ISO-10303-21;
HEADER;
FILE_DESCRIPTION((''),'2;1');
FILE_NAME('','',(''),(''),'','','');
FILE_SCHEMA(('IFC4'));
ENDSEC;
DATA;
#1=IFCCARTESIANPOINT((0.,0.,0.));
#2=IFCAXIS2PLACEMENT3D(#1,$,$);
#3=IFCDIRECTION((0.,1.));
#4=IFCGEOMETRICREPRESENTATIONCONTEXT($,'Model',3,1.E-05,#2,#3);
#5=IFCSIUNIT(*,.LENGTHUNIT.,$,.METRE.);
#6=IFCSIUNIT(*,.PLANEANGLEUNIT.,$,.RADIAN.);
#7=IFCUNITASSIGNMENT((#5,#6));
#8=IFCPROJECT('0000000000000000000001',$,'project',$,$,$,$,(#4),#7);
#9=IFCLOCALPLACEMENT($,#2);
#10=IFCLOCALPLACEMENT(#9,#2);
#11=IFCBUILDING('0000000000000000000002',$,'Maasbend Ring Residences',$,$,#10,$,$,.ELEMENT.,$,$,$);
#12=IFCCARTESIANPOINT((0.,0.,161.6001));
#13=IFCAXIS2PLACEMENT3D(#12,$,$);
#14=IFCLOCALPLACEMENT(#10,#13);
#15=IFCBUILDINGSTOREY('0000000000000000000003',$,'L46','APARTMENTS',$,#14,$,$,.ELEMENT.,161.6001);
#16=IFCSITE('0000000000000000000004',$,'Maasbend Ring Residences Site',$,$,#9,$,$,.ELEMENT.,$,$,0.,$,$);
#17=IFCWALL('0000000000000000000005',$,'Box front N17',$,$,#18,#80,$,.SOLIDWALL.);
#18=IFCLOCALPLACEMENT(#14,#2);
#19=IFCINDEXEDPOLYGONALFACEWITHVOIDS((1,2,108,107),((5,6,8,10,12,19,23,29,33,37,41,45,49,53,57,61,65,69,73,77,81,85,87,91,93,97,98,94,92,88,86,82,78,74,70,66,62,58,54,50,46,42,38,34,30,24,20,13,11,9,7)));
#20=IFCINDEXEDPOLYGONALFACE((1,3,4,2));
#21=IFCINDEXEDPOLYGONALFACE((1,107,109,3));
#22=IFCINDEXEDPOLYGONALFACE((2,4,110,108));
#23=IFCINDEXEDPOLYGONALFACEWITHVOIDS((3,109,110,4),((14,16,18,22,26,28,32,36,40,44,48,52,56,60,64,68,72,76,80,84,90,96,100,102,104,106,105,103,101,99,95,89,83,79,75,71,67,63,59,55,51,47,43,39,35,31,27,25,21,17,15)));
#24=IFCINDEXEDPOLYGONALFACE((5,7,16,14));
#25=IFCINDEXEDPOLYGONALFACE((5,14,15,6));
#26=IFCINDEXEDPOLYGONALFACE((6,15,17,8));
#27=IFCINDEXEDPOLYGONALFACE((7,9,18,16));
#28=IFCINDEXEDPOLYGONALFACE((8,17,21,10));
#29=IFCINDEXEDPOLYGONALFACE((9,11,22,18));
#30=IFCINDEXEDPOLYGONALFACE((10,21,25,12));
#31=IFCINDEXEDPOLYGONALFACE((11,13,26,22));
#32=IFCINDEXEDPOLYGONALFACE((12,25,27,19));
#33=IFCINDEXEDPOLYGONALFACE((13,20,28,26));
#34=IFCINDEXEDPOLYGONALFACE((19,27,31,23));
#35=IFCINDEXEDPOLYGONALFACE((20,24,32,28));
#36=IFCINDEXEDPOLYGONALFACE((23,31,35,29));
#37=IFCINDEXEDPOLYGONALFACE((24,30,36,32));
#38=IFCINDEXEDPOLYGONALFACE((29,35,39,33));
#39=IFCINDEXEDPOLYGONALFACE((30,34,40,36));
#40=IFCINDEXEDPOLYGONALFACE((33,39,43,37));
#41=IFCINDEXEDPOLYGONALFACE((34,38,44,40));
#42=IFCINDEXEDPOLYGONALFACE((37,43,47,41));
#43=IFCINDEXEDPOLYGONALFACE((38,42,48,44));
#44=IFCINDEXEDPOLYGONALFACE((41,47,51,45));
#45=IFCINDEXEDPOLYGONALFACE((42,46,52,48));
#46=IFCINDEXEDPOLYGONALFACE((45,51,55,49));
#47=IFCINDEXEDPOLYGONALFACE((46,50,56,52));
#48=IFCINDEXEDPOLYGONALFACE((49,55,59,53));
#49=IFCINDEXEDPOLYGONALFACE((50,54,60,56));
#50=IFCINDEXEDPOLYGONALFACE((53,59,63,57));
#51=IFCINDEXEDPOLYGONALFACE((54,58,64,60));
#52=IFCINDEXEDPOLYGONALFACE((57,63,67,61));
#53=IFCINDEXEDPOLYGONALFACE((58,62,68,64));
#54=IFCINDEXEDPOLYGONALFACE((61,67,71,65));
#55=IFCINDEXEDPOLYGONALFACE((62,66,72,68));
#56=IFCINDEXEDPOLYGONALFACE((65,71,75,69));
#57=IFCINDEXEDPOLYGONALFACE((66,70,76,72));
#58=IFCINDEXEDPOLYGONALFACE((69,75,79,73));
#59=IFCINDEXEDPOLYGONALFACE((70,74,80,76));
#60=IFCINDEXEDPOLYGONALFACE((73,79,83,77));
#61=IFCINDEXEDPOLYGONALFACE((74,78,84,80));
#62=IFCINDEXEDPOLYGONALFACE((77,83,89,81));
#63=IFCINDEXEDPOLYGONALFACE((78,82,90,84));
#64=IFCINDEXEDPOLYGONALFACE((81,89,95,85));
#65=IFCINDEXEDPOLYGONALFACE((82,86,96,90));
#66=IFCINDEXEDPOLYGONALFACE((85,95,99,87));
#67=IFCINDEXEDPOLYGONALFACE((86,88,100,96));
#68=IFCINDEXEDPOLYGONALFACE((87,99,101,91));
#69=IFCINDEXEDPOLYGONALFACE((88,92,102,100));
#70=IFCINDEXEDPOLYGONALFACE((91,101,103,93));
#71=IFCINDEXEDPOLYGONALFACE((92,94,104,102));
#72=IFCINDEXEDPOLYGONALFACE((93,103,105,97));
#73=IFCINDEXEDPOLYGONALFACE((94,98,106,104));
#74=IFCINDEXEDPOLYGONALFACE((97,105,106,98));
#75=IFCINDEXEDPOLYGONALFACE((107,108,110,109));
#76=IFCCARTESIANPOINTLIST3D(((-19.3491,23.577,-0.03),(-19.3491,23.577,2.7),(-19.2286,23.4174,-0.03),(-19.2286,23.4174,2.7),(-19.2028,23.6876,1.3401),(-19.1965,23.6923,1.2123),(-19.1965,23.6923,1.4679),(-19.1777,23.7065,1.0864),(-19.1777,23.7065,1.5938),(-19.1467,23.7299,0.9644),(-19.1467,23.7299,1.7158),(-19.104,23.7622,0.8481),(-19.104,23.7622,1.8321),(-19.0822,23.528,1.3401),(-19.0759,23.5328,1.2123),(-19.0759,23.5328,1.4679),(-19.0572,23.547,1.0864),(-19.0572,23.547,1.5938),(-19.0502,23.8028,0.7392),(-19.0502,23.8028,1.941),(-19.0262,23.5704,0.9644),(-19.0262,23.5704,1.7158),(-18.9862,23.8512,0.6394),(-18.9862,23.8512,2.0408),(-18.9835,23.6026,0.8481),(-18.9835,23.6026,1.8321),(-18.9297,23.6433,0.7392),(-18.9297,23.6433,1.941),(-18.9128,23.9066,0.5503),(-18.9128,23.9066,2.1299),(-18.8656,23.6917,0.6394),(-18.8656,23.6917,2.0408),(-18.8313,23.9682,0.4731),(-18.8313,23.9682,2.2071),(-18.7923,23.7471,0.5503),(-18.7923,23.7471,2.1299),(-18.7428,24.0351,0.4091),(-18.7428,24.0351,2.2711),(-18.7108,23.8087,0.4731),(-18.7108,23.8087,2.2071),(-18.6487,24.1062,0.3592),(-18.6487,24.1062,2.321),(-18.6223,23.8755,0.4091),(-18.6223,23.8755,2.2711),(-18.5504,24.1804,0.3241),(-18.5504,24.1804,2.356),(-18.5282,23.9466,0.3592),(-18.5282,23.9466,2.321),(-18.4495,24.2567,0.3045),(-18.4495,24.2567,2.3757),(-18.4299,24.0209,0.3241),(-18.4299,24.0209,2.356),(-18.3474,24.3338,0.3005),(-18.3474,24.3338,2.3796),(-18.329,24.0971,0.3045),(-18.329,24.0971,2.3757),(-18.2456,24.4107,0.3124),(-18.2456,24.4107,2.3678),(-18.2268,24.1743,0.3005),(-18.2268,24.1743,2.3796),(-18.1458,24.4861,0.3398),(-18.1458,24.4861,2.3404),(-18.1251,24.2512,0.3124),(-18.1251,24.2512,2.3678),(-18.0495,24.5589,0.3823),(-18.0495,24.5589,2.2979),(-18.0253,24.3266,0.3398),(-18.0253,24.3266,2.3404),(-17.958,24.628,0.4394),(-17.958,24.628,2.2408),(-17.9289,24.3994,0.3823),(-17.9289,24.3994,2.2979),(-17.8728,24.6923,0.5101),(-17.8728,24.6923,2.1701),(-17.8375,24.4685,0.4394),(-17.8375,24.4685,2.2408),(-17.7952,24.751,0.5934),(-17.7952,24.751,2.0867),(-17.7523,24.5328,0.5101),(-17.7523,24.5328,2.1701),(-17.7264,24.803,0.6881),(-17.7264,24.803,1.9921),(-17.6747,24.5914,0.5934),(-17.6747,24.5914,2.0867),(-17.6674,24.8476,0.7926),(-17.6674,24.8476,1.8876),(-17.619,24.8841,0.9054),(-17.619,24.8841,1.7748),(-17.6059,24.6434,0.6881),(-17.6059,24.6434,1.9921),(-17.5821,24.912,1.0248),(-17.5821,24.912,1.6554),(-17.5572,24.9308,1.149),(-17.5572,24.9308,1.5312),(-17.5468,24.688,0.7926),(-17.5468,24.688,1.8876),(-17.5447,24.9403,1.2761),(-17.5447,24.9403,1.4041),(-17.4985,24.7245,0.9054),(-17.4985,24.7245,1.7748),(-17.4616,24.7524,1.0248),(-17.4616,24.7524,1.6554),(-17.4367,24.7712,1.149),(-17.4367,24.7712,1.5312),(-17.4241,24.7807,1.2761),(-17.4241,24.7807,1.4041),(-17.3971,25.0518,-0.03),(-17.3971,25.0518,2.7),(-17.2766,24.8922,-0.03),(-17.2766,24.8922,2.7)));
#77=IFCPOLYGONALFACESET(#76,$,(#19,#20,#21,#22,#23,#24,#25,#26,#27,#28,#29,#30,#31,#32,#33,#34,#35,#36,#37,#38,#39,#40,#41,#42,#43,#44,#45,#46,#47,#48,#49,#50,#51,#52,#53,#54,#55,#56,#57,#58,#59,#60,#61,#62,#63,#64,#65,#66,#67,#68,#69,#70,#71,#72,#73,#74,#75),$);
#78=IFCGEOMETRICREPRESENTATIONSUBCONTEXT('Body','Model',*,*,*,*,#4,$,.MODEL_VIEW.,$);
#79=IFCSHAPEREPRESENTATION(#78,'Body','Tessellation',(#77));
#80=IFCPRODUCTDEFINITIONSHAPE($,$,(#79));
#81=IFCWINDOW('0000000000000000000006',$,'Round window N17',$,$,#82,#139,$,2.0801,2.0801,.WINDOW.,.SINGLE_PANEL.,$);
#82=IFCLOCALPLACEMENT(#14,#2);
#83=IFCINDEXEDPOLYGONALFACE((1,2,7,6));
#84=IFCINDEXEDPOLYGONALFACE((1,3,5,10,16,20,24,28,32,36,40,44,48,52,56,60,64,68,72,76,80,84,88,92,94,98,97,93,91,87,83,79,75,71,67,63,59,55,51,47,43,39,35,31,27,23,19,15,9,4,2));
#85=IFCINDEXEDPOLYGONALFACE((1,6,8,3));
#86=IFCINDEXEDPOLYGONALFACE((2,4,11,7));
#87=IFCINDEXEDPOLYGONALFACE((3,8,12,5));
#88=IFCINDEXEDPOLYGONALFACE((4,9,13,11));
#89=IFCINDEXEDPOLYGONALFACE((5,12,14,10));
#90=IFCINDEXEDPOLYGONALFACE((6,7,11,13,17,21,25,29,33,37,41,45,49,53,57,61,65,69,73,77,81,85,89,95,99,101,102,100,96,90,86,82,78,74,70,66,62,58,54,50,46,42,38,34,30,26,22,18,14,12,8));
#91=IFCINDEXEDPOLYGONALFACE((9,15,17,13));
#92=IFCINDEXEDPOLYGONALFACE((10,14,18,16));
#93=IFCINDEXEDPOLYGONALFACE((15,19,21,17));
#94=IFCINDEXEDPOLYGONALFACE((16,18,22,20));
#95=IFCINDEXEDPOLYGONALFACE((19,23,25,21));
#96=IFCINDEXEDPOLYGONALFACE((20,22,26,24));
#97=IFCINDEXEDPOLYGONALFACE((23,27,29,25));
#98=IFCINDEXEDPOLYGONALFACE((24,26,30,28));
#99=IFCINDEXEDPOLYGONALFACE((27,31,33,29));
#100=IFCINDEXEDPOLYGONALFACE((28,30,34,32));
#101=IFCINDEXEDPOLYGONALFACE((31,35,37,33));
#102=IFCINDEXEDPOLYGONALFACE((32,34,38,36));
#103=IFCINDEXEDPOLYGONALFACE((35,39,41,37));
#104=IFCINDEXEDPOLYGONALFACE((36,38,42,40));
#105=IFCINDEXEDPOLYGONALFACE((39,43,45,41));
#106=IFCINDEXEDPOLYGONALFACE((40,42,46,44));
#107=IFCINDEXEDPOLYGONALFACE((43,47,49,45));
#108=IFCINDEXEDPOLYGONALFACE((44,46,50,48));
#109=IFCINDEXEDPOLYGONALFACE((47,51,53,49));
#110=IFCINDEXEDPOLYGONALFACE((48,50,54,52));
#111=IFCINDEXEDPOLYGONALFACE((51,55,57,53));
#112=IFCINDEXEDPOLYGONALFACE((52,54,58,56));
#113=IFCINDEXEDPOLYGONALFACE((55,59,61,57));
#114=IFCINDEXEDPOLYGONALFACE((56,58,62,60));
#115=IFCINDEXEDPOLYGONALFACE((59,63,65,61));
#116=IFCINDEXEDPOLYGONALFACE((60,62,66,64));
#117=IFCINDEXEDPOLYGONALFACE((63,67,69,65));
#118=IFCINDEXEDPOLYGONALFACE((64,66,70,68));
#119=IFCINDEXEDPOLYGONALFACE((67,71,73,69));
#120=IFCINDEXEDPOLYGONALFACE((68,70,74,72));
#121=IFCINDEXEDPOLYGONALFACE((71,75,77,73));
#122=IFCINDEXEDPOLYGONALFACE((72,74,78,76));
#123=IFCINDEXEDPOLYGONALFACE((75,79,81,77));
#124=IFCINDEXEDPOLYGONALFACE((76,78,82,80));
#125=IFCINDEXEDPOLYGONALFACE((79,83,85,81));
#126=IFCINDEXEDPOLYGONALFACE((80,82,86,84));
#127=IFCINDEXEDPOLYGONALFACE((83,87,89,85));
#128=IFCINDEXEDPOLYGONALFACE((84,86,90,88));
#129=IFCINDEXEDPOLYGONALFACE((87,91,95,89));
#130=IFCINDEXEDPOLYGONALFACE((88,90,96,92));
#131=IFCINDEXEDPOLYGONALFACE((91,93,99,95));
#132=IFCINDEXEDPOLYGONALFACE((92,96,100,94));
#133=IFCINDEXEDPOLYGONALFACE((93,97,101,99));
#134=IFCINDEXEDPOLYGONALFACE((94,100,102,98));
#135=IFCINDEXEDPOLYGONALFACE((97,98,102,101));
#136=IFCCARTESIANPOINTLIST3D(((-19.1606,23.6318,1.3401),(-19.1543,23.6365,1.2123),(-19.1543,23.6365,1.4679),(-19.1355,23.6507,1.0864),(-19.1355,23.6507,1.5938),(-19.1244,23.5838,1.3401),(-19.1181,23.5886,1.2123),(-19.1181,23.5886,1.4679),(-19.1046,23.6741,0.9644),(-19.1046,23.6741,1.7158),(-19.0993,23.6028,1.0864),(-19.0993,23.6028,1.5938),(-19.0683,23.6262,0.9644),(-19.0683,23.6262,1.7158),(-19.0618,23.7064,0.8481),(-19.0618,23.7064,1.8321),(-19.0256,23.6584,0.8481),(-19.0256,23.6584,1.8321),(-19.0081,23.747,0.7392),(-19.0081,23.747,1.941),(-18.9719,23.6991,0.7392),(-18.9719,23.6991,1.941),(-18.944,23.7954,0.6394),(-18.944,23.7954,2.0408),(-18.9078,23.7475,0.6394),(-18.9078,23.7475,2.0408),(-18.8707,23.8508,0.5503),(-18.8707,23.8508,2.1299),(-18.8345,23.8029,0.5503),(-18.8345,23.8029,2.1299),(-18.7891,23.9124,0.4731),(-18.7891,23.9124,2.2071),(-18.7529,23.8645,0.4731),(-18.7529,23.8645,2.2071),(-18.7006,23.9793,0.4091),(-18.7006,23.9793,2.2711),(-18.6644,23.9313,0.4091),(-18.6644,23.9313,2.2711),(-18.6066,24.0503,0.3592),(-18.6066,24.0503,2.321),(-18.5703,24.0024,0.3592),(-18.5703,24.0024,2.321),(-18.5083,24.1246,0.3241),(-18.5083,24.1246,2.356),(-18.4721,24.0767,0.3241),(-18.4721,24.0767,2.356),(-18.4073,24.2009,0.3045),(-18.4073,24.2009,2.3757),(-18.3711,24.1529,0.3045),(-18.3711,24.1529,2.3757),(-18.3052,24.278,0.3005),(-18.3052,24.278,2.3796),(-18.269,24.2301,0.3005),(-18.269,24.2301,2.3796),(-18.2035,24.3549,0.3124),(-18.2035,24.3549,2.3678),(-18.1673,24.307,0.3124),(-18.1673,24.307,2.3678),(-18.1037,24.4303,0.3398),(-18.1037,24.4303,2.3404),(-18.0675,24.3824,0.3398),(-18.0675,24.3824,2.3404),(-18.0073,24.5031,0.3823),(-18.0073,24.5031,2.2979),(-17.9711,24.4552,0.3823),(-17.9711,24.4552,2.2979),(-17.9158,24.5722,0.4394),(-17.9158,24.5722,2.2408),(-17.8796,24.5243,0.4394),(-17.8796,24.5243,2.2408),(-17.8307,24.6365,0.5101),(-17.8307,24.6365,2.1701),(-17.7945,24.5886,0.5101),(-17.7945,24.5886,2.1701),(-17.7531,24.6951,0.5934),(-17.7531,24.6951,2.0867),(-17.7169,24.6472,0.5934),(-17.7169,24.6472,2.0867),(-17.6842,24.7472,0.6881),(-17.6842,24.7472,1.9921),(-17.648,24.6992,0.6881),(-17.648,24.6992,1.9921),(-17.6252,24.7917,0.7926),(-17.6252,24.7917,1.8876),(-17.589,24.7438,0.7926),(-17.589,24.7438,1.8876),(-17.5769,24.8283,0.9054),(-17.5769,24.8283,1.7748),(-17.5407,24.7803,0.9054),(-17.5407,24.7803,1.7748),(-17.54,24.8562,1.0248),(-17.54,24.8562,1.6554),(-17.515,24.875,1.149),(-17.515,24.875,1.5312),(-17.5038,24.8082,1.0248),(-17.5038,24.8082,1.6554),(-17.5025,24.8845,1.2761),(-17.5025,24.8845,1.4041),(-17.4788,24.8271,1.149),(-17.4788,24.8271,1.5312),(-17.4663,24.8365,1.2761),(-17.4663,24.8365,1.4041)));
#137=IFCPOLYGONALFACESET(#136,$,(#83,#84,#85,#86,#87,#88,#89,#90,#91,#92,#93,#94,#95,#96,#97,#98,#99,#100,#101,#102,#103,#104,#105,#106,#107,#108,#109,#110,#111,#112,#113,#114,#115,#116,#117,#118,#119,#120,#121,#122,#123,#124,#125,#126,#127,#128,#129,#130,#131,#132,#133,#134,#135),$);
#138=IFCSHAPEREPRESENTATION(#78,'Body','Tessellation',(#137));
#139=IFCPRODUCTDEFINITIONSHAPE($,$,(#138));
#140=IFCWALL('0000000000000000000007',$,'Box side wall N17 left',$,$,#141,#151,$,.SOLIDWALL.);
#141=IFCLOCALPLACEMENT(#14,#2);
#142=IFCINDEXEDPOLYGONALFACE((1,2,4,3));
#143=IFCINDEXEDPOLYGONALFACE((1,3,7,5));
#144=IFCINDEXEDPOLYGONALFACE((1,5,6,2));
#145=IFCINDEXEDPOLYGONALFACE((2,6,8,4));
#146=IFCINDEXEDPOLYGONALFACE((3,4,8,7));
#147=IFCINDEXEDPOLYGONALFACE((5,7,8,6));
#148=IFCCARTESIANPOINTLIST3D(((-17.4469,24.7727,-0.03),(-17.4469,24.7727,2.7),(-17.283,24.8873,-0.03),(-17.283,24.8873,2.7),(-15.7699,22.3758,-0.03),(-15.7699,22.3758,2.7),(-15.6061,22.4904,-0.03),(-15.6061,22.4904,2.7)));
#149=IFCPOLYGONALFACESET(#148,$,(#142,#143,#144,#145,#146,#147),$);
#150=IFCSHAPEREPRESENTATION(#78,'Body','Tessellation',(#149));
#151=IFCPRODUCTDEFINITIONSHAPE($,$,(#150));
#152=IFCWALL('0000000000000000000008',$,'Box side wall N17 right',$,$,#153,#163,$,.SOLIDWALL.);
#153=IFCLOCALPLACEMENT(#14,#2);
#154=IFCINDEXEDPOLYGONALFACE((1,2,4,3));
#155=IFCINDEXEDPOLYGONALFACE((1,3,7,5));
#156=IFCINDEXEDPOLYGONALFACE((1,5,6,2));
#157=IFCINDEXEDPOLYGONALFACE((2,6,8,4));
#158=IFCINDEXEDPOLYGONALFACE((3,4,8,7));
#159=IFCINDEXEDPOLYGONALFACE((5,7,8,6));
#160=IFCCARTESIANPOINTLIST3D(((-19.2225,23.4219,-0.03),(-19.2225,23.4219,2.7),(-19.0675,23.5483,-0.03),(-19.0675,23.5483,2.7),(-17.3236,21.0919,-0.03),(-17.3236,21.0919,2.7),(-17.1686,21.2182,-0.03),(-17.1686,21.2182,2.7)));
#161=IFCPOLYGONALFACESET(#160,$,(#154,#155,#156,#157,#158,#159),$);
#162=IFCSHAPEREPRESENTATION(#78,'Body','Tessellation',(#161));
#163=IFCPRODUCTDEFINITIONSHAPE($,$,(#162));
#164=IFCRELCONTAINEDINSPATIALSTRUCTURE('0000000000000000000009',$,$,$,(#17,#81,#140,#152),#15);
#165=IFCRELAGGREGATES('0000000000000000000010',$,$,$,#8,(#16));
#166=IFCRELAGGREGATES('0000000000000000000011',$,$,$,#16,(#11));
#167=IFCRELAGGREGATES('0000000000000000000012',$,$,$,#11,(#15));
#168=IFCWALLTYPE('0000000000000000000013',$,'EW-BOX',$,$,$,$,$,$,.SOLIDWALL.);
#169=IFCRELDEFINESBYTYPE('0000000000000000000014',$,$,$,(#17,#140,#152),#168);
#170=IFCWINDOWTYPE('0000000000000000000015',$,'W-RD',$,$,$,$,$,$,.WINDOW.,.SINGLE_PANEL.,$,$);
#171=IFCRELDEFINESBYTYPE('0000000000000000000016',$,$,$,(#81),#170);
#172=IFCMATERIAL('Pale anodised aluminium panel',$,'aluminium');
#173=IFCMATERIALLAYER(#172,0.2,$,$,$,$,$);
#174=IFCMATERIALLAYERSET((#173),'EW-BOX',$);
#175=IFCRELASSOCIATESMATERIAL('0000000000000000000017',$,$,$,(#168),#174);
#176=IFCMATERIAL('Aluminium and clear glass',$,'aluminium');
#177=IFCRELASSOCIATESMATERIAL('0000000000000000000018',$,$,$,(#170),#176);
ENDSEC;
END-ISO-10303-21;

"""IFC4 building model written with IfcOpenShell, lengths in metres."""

from ifc_helpers import new_model, si_unit, direction, frame, frame_2d, origin, place, context, subcontext, project, spatial, rectangle, circle, extrude, material, layer, layer_set, type_object, element, fill, save


model = new_model("IFC4")

# Units and contexts
model_context = context("Model", 3, precision=1e-05, world=origin(), true_north=direction((0.0, 1.0)))
body_context = subcontext(model_context, "Body", "Model", "MODEL_VIEW")
ifc_project = project(units=[si_unit("LENGTHUNIT", "METRE"), si_unit("PLANEANGLEUNIT", "RADIAN")], contexts=[model_context])

# Site, building, storey
site_placement = place(None, origin())
site = spatial("IfcSite", under=ifc_project, at=site_placement, Name="Maasbend Ring Residences Site", CompositionType="ELEMENT", RefElevation=0.0)
building_placement = place(site_placement, origin())
building = spatial("IfcBuilding", under=site, at=building_placement, Name="Maasbend Ring Residences", CompositionType="ELEMENT")
storey_placement = place(building_placement, frame((0.0, 0.0, 161.6001)))
storey = spatial("IfcBuildingStorey", under=building, at=storey_placement, Name="L46", Description="APARTMENTS", CompositionType="ELEMENT", Elevation=161.6001)

# Shared definitions
ifc_material_1 = material(Name="Pale anodised aluminium panel", Category="aluminium")
ifc_layer_1 = layer(ifc_material_1, 0.2)
ifc_layer_set_1 = layer_set([ifc_layer_1], Name="EW-BOX")
wall_type_1 = type_object("IfcWallType", Name="EW-BOX", PredefinedType="SOLIDWALL", material=ifc_layer_set_1)

# Wall, opening, window
wall_1_placement = place(storey_placement, frame((-17.3369, 24.9719, -0.03), z_axis=(0.0, 0.0, 1.0), x_axis=(-0.797888, -0.602806, 0.0)))
wall_1 = element("IfcWall", 1, at=wall_1_placement, inside=storey, type_object=wall_type_1, Name="Box front N17", PredefinedType="SOLIDWALL", context=body_context, shape_type="SweptSolid", body=[
    extrude(rectangle(XDim=2.4465, YDim=0.2, at=frame_2d((1.2231, 0.0))), origin(), (0.0, 0.0, 1.0), 2.73),
])
opening_1_placement = place(wall_1_placement, frame((0.1829, 0.0, 0.3301)))
opening_1 = element("IfcOpeningElement", 2, at=opening_1_placement, cuts=wall_1, PredefinedType="OPENING", context=body_context, shape_type="SweptSolid", body=[
    extrude(circle(Radius=1.04, at=frame_2d((1.04, 1.04))), frame((0.0, 0.1099, 0.0), z_axis=(0.0, -1.0, 0.0), x_axis=(1.0, 0.0, 0.0)), (0.0, 0.0, 1.0), 0.22),
])
ifc_material_2 = material(Name="Aluminium and clear glass", Category="aluminium")
window_type_1 = type_object("IfcWindowType", Name="W-RD", PartitioningType="SINGLE_PANEL", PredefinedType="WINDOW", material=ifc_material_2)
window_1_placement = place(opening_1_placement, origin())
window_1 = element("IfcWindow", 3, at=window_1_placement, inside=storey, type_object=window_type_1, Name="Round window N17", OverallHeight=2.0801, OverallWidth=2.0801, PartitioningType="SINGLE_PANEL", PredefinedType="WINDOW", context=body_context, shape_type="SweptSolid", body=[
    extrude(circle(Radius=1.04, at=frame_2d((1.04, 1.04))), frame((0.0, 0.03, 0.0), z_axis=(0.0, -1.0, 0.0), x_axis=(1.0, 0.0, 0.0)), (0.0, 0.0, 1.0), 0.0601),
])
fill(opening_1, window_1)

# Walls
wall_2_placement = place(storey_placement, frame((-15.688, 22.4331, -0.03), z_axis=(0.0, 0.0, 1.0), x_axis=(-0.573261, 0.819373, 0.0)))
element("IfcWall", 4, at=wall_2_placement, inside=storey, type_object=wall_type_1, Name="Box side wall N17 left", PredefinedType="SOLIDWALL", context=body_context, shape_type="SweptSolid", body=[
    extrude(rectangle(XDim=2.9253, YDim=0.2, at=frame_2d((1.4626, 0.0))), origin(), (0.0, 0.0, 1.0), 2.73),
])
wall_3_placement = place(storey_placement, frame((-17.2461, 21.155, -0.03), z_axis=(0.0, 0.0, 1.0), x_axis=(-0.631742, 0.775179, 0.0)))
element("IfcWall", 5, at=wall_3_placement, inside=storey, type_object=wall_type_1, Name="Box side wall N17 right", PredefinedType="SOLIDWALL", context=body_context, shape_type="SweptSolid", body=[
    extrude(rectangle(XDim=3.0059, YDim=0.2, at=frame_2d((1.5029, 0.0))), origin(), (0.0, 0.0, 1.0), 2.73),
])

save(model, "model.ifc")
